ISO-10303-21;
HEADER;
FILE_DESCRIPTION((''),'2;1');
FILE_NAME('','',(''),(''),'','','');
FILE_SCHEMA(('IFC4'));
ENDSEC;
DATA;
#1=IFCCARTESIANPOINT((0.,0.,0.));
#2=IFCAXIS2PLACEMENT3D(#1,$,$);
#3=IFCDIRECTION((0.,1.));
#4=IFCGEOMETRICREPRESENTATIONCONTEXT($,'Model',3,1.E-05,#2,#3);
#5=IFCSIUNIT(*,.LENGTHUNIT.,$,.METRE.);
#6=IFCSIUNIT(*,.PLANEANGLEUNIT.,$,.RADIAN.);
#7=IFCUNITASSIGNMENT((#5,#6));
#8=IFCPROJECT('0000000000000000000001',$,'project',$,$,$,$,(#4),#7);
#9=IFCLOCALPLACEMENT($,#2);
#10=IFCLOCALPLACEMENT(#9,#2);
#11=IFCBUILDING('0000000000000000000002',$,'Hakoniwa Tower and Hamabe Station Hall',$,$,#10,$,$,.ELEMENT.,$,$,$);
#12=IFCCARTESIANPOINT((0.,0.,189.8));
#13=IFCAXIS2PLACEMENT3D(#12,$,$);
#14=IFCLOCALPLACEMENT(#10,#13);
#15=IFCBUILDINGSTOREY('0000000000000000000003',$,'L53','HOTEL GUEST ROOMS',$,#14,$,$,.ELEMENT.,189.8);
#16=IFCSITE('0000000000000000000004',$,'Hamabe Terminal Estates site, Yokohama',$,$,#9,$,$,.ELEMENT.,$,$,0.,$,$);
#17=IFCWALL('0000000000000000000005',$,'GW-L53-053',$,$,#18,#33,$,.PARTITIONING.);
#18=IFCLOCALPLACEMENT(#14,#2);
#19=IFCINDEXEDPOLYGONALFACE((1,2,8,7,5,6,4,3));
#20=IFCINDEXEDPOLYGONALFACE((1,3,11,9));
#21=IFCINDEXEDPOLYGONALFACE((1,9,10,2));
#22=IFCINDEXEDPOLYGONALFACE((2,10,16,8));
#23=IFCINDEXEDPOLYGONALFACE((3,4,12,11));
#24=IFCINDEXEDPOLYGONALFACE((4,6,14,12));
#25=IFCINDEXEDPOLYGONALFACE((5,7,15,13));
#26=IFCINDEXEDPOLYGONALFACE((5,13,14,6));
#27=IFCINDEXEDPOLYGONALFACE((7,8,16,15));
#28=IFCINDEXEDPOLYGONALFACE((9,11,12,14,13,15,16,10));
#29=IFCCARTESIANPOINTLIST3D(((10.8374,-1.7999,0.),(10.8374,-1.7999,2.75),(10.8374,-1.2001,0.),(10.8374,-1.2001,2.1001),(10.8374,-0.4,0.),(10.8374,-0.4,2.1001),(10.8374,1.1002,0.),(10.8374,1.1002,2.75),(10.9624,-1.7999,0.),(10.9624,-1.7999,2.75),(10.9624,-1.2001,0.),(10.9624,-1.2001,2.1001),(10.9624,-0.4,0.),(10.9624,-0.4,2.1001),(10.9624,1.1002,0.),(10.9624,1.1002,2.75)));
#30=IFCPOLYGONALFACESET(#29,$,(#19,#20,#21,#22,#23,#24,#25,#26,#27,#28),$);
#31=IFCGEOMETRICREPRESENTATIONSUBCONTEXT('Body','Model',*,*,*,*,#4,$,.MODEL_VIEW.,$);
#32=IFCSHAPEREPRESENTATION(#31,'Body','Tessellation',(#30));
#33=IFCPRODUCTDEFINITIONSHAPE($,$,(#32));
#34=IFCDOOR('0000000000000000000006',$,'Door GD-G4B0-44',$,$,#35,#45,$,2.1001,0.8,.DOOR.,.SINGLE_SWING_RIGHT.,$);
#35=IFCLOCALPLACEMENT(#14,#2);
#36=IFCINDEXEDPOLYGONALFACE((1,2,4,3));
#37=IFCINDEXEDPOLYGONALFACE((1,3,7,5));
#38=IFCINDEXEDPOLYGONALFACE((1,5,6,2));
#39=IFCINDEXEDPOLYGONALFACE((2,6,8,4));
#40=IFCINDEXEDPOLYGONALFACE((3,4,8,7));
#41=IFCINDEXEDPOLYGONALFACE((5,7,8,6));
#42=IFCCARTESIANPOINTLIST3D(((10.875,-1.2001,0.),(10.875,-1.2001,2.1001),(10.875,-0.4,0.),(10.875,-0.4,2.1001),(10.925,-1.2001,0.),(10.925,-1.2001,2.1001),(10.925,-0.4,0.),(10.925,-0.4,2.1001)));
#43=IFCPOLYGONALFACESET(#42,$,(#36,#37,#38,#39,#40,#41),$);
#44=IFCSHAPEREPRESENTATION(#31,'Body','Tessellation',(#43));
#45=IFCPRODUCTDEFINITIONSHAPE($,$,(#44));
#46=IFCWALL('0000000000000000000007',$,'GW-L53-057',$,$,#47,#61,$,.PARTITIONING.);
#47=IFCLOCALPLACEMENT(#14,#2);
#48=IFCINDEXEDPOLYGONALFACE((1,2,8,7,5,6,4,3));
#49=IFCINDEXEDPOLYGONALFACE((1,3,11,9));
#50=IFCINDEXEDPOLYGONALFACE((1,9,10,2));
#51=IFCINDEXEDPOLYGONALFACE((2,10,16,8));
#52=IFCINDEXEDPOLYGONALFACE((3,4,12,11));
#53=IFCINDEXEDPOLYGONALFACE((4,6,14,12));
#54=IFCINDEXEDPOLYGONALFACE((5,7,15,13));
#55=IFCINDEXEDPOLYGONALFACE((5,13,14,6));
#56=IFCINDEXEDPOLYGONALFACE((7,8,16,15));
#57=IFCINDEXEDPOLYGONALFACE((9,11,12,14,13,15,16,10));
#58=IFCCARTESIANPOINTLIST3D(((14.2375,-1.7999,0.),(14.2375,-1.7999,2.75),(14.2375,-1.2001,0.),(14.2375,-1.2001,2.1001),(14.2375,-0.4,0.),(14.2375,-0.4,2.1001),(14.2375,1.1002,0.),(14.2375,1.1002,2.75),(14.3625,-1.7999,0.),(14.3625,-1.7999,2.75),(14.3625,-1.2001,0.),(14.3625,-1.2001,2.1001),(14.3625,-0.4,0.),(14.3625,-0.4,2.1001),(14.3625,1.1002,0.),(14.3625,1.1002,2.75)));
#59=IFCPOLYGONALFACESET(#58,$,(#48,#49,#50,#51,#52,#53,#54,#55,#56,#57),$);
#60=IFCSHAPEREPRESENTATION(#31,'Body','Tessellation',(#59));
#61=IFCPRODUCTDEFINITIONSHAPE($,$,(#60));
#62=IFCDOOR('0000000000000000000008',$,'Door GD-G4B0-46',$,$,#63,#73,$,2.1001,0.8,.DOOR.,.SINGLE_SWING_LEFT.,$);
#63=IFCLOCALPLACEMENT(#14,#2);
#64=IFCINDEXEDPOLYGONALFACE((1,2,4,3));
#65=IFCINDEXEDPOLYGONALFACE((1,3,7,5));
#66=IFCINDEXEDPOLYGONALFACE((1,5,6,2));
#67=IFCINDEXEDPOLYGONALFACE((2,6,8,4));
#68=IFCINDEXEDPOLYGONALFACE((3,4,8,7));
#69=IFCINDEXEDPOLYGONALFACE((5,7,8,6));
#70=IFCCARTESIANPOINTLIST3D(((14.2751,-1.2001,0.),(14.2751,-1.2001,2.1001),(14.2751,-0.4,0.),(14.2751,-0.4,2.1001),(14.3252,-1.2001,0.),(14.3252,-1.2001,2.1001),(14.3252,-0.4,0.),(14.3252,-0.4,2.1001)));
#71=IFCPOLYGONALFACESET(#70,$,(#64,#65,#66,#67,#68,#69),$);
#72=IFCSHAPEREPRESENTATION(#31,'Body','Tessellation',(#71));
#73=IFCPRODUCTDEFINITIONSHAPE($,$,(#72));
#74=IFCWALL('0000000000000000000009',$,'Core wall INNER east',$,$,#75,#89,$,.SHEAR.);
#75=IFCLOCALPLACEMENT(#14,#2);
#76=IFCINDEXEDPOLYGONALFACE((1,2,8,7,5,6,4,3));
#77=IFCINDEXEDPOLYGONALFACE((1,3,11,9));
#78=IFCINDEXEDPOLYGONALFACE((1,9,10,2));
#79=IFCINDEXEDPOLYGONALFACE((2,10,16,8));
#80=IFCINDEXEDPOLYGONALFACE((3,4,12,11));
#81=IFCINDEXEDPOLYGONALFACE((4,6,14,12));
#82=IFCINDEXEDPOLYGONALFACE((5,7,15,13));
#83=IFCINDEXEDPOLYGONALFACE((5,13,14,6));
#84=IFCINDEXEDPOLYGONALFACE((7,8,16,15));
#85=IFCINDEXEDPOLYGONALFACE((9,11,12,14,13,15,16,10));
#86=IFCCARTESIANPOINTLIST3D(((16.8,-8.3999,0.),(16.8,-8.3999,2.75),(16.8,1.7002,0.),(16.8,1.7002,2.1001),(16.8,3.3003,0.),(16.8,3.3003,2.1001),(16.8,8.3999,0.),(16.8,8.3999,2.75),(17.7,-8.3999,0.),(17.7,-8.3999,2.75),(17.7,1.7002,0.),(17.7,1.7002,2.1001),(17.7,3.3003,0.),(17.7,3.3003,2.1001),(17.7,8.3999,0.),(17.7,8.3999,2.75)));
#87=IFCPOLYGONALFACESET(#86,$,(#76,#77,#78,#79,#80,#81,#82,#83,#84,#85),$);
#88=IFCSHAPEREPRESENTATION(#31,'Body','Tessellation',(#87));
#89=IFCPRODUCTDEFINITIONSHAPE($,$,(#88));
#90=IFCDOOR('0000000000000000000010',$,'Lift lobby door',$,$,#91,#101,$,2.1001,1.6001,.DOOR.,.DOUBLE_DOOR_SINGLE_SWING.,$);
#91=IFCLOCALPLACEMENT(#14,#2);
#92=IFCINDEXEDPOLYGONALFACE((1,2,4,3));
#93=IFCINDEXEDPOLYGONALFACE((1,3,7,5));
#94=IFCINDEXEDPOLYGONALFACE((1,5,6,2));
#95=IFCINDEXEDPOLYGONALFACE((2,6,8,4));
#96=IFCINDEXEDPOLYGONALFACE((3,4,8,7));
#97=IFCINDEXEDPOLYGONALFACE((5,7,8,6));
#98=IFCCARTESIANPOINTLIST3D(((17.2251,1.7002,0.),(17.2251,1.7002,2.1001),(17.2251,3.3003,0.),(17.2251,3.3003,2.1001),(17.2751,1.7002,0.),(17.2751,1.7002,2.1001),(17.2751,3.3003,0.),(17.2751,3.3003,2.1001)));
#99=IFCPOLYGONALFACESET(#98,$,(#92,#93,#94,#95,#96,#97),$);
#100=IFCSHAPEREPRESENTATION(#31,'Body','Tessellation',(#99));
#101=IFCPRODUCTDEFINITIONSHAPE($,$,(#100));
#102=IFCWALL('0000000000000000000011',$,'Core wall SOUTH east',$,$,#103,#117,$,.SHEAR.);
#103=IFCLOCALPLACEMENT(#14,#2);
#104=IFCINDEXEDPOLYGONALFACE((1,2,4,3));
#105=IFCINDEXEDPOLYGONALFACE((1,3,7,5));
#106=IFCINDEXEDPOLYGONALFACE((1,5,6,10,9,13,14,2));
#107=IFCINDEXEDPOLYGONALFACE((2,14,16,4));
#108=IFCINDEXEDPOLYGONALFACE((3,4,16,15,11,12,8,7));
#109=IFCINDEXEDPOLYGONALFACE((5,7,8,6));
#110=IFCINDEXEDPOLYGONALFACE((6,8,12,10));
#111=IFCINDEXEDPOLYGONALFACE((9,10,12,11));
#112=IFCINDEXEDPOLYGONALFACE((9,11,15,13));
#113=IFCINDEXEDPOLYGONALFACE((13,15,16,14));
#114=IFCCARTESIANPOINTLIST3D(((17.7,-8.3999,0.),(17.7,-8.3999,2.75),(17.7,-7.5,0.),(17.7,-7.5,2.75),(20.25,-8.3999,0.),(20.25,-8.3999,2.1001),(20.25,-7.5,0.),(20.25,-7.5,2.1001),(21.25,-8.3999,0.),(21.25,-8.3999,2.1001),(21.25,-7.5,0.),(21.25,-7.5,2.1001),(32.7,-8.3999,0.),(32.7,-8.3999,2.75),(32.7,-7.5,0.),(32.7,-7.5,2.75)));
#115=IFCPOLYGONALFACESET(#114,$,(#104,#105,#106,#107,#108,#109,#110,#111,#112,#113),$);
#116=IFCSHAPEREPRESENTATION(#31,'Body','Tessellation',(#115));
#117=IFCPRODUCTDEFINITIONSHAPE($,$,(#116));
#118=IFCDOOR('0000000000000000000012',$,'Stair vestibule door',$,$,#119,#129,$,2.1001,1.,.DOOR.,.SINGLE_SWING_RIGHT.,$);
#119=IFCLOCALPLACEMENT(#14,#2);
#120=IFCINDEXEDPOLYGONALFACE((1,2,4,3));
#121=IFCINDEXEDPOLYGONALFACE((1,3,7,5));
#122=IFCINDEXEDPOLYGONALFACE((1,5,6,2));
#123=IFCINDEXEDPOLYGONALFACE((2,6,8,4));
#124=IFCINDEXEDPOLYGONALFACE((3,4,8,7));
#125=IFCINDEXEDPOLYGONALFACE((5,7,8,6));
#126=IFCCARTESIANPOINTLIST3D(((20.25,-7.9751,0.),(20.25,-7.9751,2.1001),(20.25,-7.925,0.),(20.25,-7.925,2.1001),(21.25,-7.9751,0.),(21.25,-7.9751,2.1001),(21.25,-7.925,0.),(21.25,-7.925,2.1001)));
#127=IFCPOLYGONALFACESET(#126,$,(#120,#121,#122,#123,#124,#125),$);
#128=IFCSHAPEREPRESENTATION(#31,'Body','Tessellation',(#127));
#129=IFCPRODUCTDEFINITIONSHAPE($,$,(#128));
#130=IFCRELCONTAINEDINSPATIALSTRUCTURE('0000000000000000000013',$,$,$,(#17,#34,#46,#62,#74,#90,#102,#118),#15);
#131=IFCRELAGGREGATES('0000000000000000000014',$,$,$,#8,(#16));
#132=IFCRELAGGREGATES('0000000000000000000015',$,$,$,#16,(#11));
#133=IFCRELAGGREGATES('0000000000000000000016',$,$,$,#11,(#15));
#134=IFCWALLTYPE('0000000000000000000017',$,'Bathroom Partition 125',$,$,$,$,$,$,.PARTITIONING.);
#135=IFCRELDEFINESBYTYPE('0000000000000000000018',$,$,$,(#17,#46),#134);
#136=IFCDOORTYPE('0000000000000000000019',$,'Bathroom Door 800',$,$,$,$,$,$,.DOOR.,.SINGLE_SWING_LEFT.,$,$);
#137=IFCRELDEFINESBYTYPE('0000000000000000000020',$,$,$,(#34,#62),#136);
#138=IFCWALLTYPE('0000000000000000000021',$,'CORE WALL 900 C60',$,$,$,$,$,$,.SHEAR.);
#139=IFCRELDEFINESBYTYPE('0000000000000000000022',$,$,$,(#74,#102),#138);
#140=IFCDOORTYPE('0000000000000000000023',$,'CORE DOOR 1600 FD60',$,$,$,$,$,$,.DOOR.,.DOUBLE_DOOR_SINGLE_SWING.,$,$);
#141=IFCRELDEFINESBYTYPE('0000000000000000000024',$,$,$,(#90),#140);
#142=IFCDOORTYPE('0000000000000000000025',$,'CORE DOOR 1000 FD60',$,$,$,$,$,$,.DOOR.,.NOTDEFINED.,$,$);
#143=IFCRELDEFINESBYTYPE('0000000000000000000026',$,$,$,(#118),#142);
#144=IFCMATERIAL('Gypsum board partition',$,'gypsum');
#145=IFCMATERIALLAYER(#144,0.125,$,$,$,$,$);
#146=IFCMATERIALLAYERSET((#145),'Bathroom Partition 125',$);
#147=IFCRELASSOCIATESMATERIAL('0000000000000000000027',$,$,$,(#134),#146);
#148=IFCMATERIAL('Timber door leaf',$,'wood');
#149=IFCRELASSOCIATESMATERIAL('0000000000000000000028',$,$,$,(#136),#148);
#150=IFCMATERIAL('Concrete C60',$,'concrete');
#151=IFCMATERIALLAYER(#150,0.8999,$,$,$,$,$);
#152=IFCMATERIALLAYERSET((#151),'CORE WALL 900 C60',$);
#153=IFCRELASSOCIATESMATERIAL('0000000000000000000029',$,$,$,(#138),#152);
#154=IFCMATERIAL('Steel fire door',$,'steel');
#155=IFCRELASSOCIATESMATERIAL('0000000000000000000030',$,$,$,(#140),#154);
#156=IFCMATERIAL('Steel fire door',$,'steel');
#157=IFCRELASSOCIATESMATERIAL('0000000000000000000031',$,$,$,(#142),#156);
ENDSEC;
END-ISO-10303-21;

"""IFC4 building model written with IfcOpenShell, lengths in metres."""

from ifc_helpers import new_model, si_unit, direction, frame, frame_2d, origin, place, context, subcontext, project, spatial, rectangle, extrude, material, layer, layer_set, type_object, element, fill, save


model = new_model("IFC4")

# Units and contexts
model_context = context("Model", 3, precision=1e-05, world=origin(), true_north=direction((0.0, 1.0)))
body_context = subcontext(model_context, "Body", "Model", "MODEL_VIEW")
ifc_project = project(units=[si_unit("LENGTHUNIT", "METRE"), si_unit("PLANEANGLEUNIT", "RADIAN")], contexts=[model_context])

# Site, building, storey
site_placement = place(None, origin())
site = spatial("IfcSite", under=ifc_project, at=site_placement, Name="Hamabe Terminal Estates site, Yokohama", CompositionType="ELEMENT", RefElevation=0.0)
building_placement = place(site_placement, origin())
building = spatial("IfcBuilding", under=site, at=building_placement, Name="Hakoniwa Tower and Hamabe Station Hall", CompositionType="ELEMENT")
storey_placement = place(building_placement, frame((0.0, 0.0, 189.8)))
storey = spatial("IfcBuildingStorey", under=building, at=storey_placement, Name="L53", Description="HOTEL GUEST ROOMS", CompositionType="ELEMENT", Elevation=189.8)

# Shared definitions
ifc_material_1 = material(Name="Gypsum board partition", Category="gypsum")
ifc_layer_1 = layer(ifc_material_1, 0.125)
ifc_layer_set_1 = layer_set([ifc_layer_1], Name="Bathroom Partition 125")
wall_type_1 = type_object("IfcWallType", Name="Bathroom Partition 125", PredefinedType="PARTITIONING", material=ifc_layer_set_1)

# Walls, openings, doors
wall_1_placement = place(storey_placement, frame((10.8999, -1.8, 0.0), z_axis=(0.0, 0.0, 1.0), x_axis=(0.0, 1.0, 0.0)))
wall_1 = element("IfcWall", 1, at=wall_1_placement, inside=storey, type_object=wall_type_1, Name="GW-L53-053", PredefinedType="PARTITIONING", context=body_context, shape_type="SweptSolid", body=[
    extrude(rectangle(XDim=2.9001, YDim=0.125, at=frame_2d((1.4502, 0.0))), origin(), (0.0, 0.0, 1.0), 2.75),
])
opening_1_placement = place(wall_1_placement, frame((0.6001, 0.0, 0.0)))
opening_1 = element("IfcOpeningElement", 2, at=opening_1_placement, cuts=wall_1, PredefinedType="OPENING", context=body_context, shape_type="SweptSolid", body=[
    extrude(rectangle(XDim=0.8, YDim=2.1001, at=frame_2d((0.3999, 1.05))), frame((0.0, 0.0725, 0.0), z_axis=(0.0, -1.0, 0.0), x_axis=(1.0, 0.0, 0.0)), (0.0, 0.0, 1.0), 0.145),
])
ifc_material_2 = material(Name="Timber door leaf", Category="wood")
door_type_1 = type_object("IfcDoorType", Name="Bathroom Door 800", OperationType="SINGLE_SWING_LEFT", PredefinedType="DOOR", material=ifc_material_2)
door_1_placement = place(opening_1_placement, origin())
door_1 = element("IfcDoor", 3, at=door_1_placement, inside=storey, type_object=door_type_1, Name="Door GD-G4B0-44", OperationType="SINGLE_SWING_RIGHT", OverallHeight=2.1001, OverallWidth=0.8, PredefinedType="DOOR", context=body_context, shape_type="SweptSolid", body=[
    extrude(rectangle(XDim=0.8, YDim=2.1001, at=frame_2d((0.3999, 1.05))), frame((0.0, 0.0249, 0.0), z_axis=(0.0, -1.0, 0.0), x_axis=(1.0, 0.0, 0.0)), (0.0, 0.0, 1.0), 0.05),
])
fill(opening_1, door_1)
wall_2_placement = place(storey_placement, frame((14.3, -1.8, 0.0), z_axis=(0.0, 0.0, 1.0), x_axis=(0.0, 1.0, 0.0)))
wall_2 = element("IfcWall", 4, at=wall_2_placement, inside=storey, type_object=wall_type_1, Name="GW-L53-057", PredefinedType="PARTITIONING", context=body_context, shape_type="SweptSolid", body=[
    extrude(rectangle(XDim=2.9001, YDim=0.125, at=frame_2d((1.4502, 0.0))), origin(), (0.0, 0.0, 1.0), 2.75),
])
opening_2_placement = place(wall_2_placement, frame((0.6001, 0.0, 0.0)))
opening_2 = element("IfcOpeningElement", 5, at=opening_2_placement, cuts=wall_2, PredefinedType="OPENING", context=body_context, shape_type="SweptSolid", body=[
    extrude(rectangle(XDim=0.8, YDim=2.1001, at=frame_2d((0.3999, 1.05))), frame((0.0, 0.0725, 0.0), z_axis=(0.0, -1.0, 0.0), x_axis=(1.0, 0.0, 0.0)), (0.0, 0.0, 1.0), 0.145),
])
door_2_placement = place(opening_2_placement, origin())
door_2 = element("IfcDoor", 6, at=door_2_placement, inside=storey, type_object=door_type_1, Name="Door GD-G4B0-46", OperationType="SINGLE_SWING_LEFT", OverallHeight=2.1001, OverallWidth=0.8, PredefinedType="DOOR", context=body_context, shape_type="SweptSolid", body=[
    extrude(rectangle(XDim=0.8, YDim=2.1001, at=frame_2d((0.3999, 1.05))), frame((0.0, 0.0249, 0.0), z_axis=(0.0, -1.0, 0.0), x_axis=(1.0, 0.0, 0.0)), (0.0, 0.0, 1.0), 0.05),
])
fill(opening_2, door_2)
ifc_material_3 = material(Name="Concrete C60", Category="concrete")
ifc_layer_2 = layer(ifc_material_3, 0.8999)
ifc_layer_set_2 = layer_set([ifc_layer_2], Name="CORE WALL 900 C60")
wall_type_2 = type_object("IfcWallType", Name="CORE WALL 900 C60", PredefinedType="SHEAR", material=ifc_layer_set_2)
wall_3_placement = place(storey_placement, frame((17.25, -8.3999, 0.0), z_axis=(0.0, 0.0, 1.0), x_axis=(0.0, 1.0, 0.0)))
wall_3 = element("IfcWall", 7, at=wall_3_placement, inside=storey, type_object=wall_type_2, Name="Core wall INNER east", PredefinedType="SHEAR", context=body_context, shape_type="SweptSolid", body=[
    extrude(rectangle(XDim=16.7998, YDim=0.8999, at=frame_2d((8.3999, 0.0))), origin(), (0.0, 0.0, 1.0), 2.75),
])
opening_3_placement = place(wall_3_placement, frame((10.1001, 0.0, 0.0)))
opening_3 = element("IfcOpeningElement", 8, at=opening_3_placement, cuts=wall_3, PredefinedType="OPENING", context=body_context, shape_type="SweptSolid", body=[
    extrude(rectangle(XDim=1.6001, YDim=2.1001, at=frame_2d((0.8, 1.05))), frame((0.0, 0.46, 0.0), z_axis=(0.0, -1.0, 0.0), x_axis=(1.0, 0.0, 0.0)), (0.0, 0.0, 1.0), 0.9199),
])
ifc_material_4 = material(Name="Steel fire door", Category="steel")
door_type_2 = type_object("IfcDoorType", Name="CORE DOOR 1600 FD60", OperationType="DOUBLE_DOOR_SINGLE_SWING", PredefinedType="DOOR", material=ifc_material_4)
door_3_placement = place(opening_3_placement, origin())
door_3 = element("IfcDoor", 9, at=door_3_placement, inside=storey, type_object=door_type_2, Name="Lift lobby door", OperationType="DOUBLE_DOOR_SINGLE_SWING", OverallHeight=2.1001, OverallWidth=1.6001, PredefinedType="DOOR", context=body_context, shape_type="SweptSolid", body=[
    extrude(rectangle(XDim=1.6001, YDim=2.1001, at=frame_2d((0.8, 1.05))), frame((0.0, 0.0249, 0.0), z_axis=(0.0, -1.0, 0.0), x_axis=(1.0, 0.0, 0.0)), (0.0, 0.0, 1.0), 0.05),
])
fill(opening_3, door_3)
wall_4_placement = place(storey_placement, frame((17.7, -7.95, 0.0), z_axis=(0.0, 0.0, 1.0), x_axis=(1.0, 0.0, 0.0)))
wall_4 = element("IfcWall", 10, at=wall_4_placement, inside=storey, type_object=wall_type_2, Name="Core wall SOUTH east", PredefinedType="SHEAR", context=body_context, shape_type="SweptSolid", body=[
    extrude(rectangle(XDim=15.0, YDim=0.8999, at=frame_2d((7.5, 0.0))), origin(), (0.0, 0.0, 1.0), 2.75),
])
opening_4_placement = place(wall_4_placement, frame((2.55, 0.0, 0.0)))
opening_4 = element("IfcOpeningElement", 11, at=opening_4_placement, cuts=wall_4, PredefinedType="OPENING", context=body_context, shape_type="SweptSolid", body=[
    extrude(rectangle(XDim=1.0, YDim=2.1001, at=frame_2d((0.5, 1.05))), frame((0.0, 0.46, 0.0), z_axis=(0.0, -1.0, 0.0), x_axis=(1.0, 0.0, 0.0)), (0.0, 0.0, 1.0), 0.9199),
])
ifc_material_5 = material(Name="Steel fire door", Category="steel")
door_type_3 = type_object("IfcDoorType", Name="CORE DOOR 1000 FD60", OperationType="NOTDEFINED", PredefinedType="DOOR", material=ifc_material_5)
door_4_placement = place(opening_4_placement, origin())
door_4 = element("IfcDoor", 12, at=door_4_placement, inside=storey, type_object=door_type_3, Name="Stair vestibule door", OperationType="SINGLE_SWING_RIGHT", OverallHeight=2.1001, OverallWidth=1.0, PredefinedType="DOOR", context=body_context, shape_type="SweptSolid", body=[
    extrude(rectangle(XDim=1.0, YDim=2.1001, at=frame_2d((0.5, 1.05))), frame((0.0, 0.0249, 0.0), z_axis=(0.0, -1.0, 0.0), x_axis=(1.0, 0.0, 0.0)), (0.0, 0.0, 1.0), 0.05),
])
fill(opening_4, door_4)

save(model, "model.ifc")
